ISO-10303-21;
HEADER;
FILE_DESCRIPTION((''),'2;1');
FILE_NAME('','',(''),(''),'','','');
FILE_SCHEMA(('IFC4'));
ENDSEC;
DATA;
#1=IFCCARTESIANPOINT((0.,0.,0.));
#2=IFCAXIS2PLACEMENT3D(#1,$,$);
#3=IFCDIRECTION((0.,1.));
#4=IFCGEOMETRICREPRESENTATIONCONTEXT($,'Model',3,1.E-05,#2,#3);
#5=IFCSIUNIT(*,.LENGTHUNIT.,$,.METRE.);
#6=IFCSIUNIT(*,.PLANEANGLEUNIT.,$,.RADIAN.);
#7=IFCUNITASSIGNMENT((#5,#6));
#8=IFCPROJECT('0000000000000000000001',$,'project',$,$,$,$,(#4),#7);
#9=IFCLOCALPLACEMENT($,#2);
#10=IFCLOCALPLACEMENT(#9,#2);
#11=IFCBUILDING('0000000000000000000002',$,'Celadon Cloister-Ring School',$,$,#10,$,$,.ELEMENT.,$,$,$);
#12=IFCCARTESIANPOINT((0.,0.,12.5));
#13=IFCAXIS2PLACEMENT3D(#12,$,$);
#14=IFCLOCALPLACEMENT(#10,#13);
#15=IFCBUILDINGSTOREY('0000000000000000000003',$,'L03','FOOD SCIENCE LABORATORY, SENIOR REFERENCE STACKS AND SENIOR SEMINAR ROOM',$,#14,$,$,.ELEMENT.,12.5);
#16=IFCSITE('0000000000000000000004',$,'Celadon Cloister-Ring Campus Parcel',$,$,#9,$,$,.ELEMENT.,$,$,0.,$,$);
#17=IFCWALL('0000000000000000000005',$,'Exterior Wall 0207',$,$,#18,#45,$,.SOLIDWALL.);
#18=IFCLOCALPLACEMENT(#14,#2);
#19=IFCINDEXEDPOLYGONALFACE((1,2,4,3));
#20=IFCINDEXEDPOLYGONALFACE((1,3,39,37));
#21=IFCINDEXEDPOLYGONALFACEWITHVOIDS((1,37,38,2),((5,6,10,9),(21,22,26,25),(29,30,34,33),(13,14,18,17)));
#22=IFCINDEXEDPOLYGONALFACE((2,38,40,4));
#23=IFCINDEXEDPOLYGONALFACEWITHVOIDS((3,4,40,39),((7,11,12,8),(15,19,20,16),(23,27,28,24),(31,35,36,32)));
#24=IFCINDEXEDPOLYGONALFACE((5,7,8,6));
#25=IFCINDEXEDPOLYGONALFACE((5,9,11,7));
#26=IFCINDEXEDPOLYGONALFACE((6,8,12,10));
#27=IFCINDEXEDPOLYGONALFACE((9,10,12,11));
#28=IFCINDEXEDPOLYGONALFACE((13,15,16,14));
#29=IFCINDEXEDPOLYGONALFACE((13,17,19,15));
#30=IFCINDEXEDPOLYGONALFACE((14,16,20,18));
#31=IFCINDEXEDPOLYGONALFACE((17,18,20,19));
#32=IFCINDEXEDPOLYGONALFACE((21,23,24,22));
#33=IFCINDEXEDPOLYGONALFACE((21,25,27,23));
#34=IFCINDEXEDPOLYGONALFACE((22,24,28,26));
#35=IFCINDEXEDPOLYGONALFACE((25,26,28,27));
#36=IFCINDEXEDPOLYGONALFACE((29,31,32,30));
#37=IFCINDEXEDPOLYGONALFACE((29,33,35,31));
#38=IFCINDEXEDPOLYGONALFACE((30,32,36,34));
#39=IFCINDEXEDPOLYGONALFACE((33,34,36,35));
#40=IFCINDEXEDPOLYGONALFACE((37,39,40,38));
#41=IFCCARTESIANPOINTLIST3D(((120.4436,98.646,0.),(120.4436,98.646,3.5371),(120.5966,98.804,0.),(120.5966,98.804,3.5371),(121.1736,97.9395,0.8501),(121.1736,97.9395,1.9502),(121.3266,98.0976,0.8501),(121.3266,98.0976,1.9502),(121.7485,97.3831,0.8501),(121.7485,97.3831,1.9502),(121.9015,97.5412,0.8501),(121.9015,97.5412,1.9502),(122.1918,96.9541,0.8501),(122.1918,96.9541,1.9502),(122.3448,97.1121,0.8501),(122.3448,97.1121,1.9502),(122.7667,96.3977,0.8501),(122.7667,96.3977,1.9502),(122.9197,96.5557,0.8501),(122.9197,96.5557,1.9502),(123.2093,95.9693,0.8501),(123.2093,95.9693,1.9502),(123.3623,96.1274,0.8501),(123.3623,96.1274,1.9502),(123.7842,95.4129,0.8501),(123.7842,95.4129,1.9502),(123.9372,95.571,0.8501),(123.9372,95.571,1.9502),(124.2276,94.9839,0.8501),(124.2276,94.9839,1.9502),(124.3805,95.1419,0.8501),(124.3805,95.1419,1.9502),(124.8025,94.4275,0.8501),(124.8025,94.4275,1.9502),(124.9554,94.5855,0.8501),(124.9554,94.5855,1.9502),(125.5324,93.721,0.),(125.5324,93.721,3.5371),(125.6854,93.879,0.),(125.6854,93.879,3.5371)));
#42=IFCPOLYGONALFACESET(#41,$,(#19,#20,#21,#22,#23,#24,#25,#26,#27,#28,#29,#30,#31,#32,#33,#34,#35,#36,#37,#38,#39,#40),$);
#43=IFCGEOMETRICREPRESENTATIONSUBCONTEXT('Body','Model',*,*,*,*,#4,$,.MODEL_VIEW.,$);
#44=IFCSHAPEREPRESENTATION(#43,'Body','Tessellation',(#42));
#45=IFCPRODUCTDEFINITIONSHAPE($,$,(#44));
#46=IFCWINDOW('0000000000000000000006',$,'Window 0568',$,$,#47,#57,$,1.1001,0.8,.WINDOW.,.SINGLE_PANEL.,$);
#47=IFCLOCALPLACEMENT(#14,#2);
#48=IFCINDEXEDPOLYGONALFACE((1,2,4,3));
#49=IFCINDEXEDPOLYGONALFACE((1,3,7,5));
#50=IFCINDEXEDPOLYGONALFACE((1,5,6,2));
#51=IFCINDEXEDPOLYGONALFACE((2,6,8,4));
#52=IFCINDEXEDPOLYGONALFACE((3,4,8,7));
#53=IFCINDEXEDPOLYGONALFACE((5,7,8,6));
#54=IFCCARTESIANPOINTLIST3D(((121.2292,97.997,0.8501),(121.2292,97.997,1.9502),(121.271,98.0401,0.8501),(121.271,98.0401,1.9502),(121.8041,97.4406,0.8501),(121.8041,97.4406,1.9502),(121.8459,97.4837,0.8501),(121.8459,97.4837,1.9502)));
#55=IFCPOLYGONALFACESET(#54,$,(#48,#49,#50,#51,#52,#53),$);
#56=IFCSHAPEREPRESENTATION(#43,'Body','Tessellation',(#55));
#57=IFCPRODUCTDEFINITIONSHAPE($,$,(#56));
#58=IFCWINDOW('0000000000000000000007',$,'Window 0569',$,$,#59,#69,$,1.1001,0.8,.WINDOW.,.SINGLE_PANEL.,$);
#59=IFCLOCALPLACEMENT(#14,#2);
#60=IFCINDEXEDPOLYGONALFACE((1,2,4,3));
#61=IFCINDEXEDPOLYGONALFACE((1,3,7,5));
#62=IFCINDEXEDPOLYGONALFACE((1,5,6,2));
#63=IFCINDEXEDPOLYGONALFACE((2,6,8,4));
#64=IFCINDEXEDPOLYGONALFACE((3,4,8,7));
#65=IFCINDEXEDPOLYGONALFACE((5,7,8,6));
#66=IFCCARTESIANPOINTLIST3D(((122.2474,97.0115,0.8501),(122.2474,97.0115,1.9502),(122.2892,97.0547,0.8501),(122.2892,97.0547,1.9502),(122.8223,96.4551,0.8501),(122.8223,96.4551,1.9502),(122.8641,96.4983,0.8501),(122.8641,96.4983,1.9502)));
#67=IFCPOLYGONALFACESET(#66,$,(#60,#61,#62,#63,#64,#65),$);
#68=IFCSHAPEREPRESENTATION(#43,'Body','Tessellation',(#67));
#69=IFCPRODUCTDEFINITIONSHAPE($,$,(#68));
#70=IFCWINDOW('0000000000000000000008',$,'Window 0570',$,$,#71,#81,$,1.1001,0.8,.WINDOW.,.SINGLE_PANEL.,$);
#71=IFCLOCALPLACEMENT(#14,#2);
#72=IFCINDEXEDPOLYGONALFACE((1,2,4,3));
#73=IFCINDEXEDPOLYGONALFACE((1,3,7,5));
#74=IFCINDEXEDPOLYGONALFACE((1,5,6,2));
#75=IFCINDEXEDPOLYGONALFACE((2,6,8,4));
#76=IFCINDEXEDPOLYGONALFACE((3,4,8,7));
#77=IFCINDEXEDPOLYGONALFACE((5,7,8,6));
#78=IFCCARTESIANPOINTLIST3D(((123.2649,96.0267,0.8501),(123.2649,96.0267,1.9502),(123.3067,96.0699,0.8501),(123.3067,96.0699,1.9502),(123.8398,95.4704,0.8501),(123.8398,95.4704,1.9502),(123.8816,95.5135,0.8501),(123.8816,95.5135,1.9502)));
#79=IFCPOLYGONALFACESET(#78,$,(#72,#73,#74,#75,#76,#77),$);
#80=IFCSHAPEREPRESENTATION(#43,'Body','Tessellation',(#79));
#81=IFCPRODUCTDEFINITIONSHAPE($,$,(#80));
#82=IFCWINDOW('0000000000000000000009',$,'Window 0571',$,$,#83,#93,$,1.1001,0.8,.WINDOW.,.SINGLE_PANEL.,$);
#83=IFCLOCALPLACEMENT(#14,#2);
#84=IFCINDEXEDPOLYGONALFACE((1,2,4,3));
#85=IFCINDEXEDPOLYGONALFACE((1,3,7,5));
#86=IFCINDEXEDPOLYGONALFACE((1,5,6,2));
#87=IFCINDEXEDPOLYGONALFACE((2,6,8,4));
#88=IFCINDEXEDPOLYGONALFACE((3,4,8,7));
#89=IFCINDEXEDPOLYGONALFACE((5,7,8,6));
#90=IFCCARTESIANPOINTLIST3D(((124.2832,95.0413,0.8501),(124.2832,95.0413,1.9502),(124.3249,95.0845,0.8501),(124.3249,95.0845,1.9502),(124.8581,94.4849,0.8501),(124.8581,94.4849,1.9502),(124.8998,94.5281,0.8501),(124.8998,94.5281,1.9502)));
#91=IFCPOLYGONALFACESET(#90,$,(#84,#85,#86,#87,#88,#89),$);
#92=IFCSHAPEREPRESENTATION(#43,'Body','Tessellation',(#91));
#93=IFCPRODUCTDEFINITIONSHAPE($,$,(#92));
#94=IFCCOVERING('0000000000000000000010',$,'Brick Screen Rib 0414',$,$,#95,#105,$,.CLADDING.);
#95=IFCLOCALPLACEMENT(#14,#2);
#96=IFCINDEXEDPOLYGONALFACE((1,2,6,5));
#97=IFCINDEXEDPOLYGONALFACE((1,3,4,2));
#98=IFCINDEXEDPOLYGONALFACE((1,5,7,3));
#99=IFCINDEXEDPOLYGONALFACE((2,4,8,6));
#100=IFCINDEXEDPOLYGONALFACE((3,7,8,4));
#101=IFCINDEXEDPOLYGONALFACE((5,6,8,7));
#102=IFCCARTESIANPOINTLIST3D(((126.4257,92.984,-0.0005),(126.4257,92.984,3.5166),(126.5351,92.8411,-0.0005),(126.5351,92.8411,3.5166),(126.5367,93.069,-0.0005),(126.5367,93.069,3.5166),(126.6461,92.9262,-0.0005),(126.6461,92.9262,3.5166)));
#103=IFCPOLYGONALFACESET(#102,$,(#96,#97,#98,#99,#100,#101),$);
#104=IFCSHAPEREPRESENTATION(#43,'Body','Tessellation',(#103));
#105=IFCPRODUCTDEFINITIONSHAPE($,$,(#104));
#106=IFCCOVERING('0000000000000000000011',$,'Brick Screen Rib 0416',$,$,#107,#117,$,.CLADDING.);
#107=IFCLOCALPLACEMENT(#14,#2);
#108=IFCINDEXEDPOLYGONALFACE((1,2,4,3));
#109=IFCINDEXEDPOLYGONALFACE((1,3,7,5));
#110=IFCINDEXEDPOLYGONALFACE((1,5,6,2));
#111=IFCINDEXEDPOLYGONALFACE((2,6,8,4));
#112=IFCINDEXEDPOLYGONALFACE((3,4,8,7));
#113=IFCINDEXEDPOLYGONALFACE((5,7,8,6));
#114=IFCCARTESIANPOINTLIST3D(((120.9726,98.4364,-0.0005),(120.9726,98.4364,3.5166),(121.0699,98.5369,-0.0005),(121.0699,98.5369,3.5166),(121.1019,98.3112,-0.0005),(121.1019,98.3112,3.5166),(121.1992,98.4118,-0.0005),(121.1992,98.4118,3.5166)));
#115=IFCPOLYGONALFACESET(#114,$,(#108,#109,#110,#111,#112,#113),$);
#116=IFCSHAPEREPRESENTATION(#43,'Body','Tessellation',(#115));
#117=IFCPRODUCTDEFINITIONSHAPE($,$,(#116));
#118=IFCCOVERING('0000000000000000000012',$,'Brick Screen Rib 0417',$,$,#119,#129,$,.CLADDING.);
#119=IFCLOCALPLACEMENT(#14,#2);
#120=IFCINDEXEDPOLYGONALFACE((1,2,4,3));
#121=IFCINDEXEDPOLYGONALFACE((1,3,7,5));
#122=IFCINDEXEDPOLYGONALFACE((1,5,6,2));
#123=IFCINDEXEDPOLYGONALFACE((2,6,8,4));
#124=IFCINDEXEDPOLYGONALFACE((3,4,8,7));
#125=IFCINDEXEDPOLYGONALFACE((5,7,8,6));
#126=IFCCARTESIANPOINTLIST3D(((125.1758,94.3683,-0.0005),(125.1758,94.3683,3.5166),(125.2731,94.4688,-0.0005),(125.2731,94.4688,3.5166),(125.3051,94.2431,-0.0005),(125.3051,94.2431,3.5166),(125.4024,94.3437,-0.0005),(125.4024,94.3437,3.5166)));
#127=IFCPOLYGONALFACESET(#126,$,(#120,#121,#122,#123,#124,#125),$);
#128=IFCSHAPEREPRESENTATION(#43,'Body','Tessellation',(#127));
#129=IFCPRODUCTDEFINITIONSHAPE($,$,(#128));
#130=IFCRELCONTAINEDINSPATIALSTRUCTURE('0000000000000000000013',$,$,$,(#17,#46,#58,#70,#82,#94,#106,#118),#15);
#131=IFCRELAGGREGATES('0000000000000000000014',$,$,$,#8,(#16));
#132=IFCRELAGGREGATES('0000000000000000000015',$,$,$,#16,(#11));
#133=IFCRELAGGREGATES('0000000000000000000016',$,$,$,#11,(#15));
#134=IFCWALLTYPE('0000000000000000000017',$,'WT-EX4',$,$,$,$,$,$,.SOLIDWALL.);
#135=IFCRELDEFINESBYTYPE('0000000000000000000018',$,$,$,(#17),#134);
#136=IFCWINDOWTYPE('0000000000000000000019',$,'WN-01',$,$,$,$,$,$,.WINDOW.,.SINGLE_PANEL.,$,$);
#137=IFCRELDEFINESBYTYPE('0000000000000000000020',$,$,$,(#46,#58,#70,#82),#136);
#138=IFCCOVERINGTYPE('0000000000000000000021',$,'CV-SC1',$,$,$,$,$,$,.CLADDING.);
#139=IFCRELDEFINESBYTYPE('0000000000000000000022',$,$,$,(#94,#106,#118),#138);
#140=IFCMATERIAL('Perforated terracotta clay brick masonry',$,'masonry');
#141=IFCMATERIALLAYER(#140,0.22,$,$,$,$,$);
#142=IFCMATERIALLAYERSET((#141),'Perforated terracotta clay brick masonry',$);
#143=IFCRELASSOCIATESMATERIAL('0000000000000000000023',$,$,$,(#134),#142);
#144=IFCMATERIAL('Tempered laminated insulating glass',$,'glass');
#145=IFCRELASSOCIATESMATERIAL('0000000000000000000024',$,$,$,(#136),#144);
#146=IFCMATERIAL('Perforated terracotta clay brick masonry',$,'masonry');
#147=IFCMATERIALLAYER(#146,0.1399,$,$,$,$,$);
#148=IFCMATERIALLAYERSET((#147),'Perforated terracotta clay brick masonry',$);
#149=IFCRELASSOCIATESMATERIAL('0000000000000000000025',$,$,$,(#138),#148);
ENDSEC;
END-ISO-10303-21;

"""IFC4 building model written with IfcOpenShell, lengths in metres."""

from ifc_helpers import new_model, si_unit, direction, frame, frame_2d, origin, origin_2d, place, context, subcontext, project, spatial, rectangle, extrude, material, layer, layer_set, type_object, element, fill, save


model = new_model("IFC4")

# Units and contexts
model_context = context("Model", 3, precision=1e-05, world=origin(), true_north=direction((0.0, 1.0)))
body_context = subcontext(model_context, "Body", "Model", "MODEL_VIEW")
ifc_project = project(units=[si_unit("LENGTHUNIT", "METRE"), si_unit("PLANEANGLEUNIT", "RADIAN")], contexts=[model_context])

# Site, building, storey
site_placement = place(None, origin())
site = spatial("IfcSite", under=ifc_project, at=site_placement, Name="Celadon Cloister-Ring Campus Parcel", CompositionType="ELEMENT", RefElevation=0.0)
building_placement = place(site_placement, origin())
building = spatial("IfcBuilding", under=site, at=building_placement, Name="Celadon Cloister-Ring School", CompositionType="ELEMENT")
storey_placement = place(building_placement, frame((0.0, 0.0, 12.5)))
storey = spatial("IfcBuildingStorey", under=building, at=storey_placement, Name="L03", Description="FOOD SCIENCE LABORATORY, SENIOR REFERENCE STACKS AND SENIOR SEMINAR ROOM", CompositionType="ELEMENT", Elevation=12.5)

# Wall, openings, windows
ifc_material_1 = material(Name="Perforated terracotta clay brick masonry", Category="masonry")
ifc_layer_1 = layer(ifc_material_1, 0.22)
ifc_layer_set_1 = layer_set([ifc_layer_1], Name="Perforated terracotta clay brick masonry")
wall_type = type_object("IfcWallType", Name="WT-EX4", PredefinedType="SOLIDWALL", material=ifc_layer_set_1)
ifc_material_2 = material(Name="Tempered laminated insulating glass", Category="glass")
window_type = type_object("IfcWindowType", Name="WN-01", PartitioningType="SINGLE_PANEL", PredefinedType="WINDOW", material=ifc_material_2)
wall_1_placement = place(storey_placement, frame((120.52, 98.7251, 0.0), z_axis=(0.0, 0.0, 1.0), x_axis=(0.718578, -0.695446, 0.0)))
wall_1 = element("IfcWall", 1, at=wall_1_placement, inside=storey, type_object=wall_type, Name="Exterior Wall 0207", PredefinedType="SOLIDWALL", context=body_context, shape_type="SweptSolid", body=[
    extrude(rectangle(XDim=7.0818, YDim=0.22, at=frame_2d((3.541, 0.0))), origin(), (0.0, 0.0, 1.0), 3.5371),
])
opening_1_placement = place(wall_1_placement, frame((1.0161, 0.0, 0.8501)))
opening_1 = element("IfcOpeningElement", 2, at=opening_1_placement, cuts=wall_1, PredefinedType="OPENING", context=body_context, shape_type="SweptSolid", body=[
    extrude(rectangle(XDim=0.8, YDim=1.1001, at=frame_2d((0.3999, 0.55))), frame((0.0, 0.1201, 0.0), z_axis=(0.0, -1.0, 0.0), x_axis=(1.0, 0.0, 0.0)), (0.0, 0.0, 1.0), 0.24),
])
opening_2_placement = place(wall_1_placement, frame((2.4331, 0.0, 0.8501)))
opening_2 = element("IfcOpeningElement", 3, at=opening_2_placement, cuts=wall_1, PredefinedType="OPENING", context=body_context, shape_type="SweptSolid", body=[
    extrude(rectangle(XDim=0.8, YDim=1.1001, at=frame_2d((0.3999, 0.55))), frame((0.0, 0.1201, 0.0), z_axis=(0.0, -1.0, 0.0), x_axis=(1.0, 0.0, 0.0)), (0.0, 0.0, 1.0), 0.24),
])
opening_3_placement = place(wall_1_placement, frame((3.8491, 0.0, 0.8501)))
opening_3 = element("IfcOpeningElement", 4, at=opening_3_placement, cuts=wall_1, PredefinedType="OPENING", context=body_context, shape_type="SweptSolid", body=[
    extrude(rectangle(XDim=0.8, YDim=1.1001, at=frame_2d((0.3999, 0.55))), frame((0.0, 0.1201, 0.0), z_axis=(0.0, -1.0, 0.0), x_axis=(1.0, 0.0, 0.0)), (0.0, 0.0, 1.0), 0.24),
])
opening_4_placement = place(wall_1_placement, frame((5.2661, 0.0, 0.8501)))
opening_4 = element("IfcOpeningElement", 5, at=opening_4_placement, cuts=wall_1, PredefinedType="OPENING", context=body_context, shape_type="SweptSolid", body=[
    extrude(rectangle(XDim=0.8, YDim=1.1001, at=frame_2d((0.3999, 0.55))), frame((0.0, 0.1201, 0.0), z_axis=(0.0, -1.0, 0.0), x_axis=(1.0, 0.0, 0.0)), (0.0, 0.0, 1.0), 0.24),
])
window_1_placement = place(opening_1_placement, origin())
window_1 = element("IfcWindow", 6, at=window_1_placement, inside=storey, type_object=window_type, Name="Window 0568", OverallHeight=1.1001, OverallWidth=0.8, PartitioningType="SINGLE_PANEL", PredefinedType="WINDOW", context=body_context, shape_type="SweptSolid", body=[
    extrude(rectangle(XDim=0.8, YDim=1.1001, at=frame_2d((0.3999, 0.55))), frame((0.0, 0.03, 0.0), z_axis=(0.0, -1.0, 0.0), x_axis=(1.0, 0.0, 0.0)), (0.0, 0.0, 1.0), 0.0601),
])
fill(opening_1, window_1)
window_2_placement = place(opening_2_placement, origin())
window_2 = element("IfcWindow", 7, at=window_2_placement, inside=storey, type_object=window_type, Name="Window 0569", OverallHeight=1.1001, OverallWidth=0.8, PartitioningType="SINGLE_PANEL", PredefinedType="WINDOW", context=body_context, shape_type="SweptSolid", body=[
    extrude(rectangle(XDim=0.8, YDim=1.1001, at=frame_2d((0.3999, 0.55))), frame((0.0, 0.03, 0.0), z_axis=(0.0, -1.0, 0.0), x_axis=(1.0, 0.0, 0.0)), (0.0, 0.0, 1.0), 0.0601),
])
fill(opening_2, window_2)
window_3_placement = place(opening_3_placement, origin())
window_3 = element("IfcWindow", 8, at=window_3_placement, inside=storey, type_object=window_type, Name="Window 0570", OverallHeight=1.1001, OverallWidth=0.8, PartitioningType="SINGLE_PANEL", PredefinedType="WINDOW", context=body_context, shape_type="SweptSolid", body=[
    extrude(rectangle(XDim=0.8, YDim=1.1001, at=frame_2d((0.3999, 0.55))), frame((0.0, 0.03, 0.0), z_axis=(0.0, -1.0, 0.0), x_axis=(1.0, 0.0, 0.0)), (0.0, 0.0, 1.0), 0.0601),
])
fill(opening_3, window_3)
window_4_placement = place(opening_4_placement, origin())
window_4 = element("IfcWindow", 9, at=window_4_placement, inside=storey, type_object=window_type, Name="Window 0571", OverallHeight=1.1001, OverallWidth=0.8, PartitioningType="SINGLE_PANEL", PredefinedType="WINDOW", context=body_context, shape_type="SweptSolid", body=[
    extrude(rectangle(XDim=0.8, YDim=1.1001, at=frame_2d((0.3999, 0.55))), frame((0.0, 0.03, 0.0), z_axis=(0.0, -1.0, 0.0), x_axis=(1.0, 0.0, 0.0)), (0.0, 0.0, 1.0), 0.0601),
])
fill(opening_4, window_4)

# Coverings
ifc_material_3 = material(Name="Perforated terracotta clay brick masonry", Category="masonry")
ifc_layer_2 = layer(ifc_material_3, 0.1399)
ifc_layer_set_2 = layer_set([ifc_layer_2], Name="Perforated terracotta clay brick masonry")
covering_type = type_object("IfcCoveringType", Name="CV-SC1", PredefinedType="CLADDING", material=ifc_layer_set_2)
for number, where, z_axis, x_axis, name in (
    (10, (126.5359, 92.9551, -0.0005), (0.0, 0.0, 1.0), (0.607986, -0.793948, 0.0), "Brick Screen Rib 0414"),
    (11, (121.0859, 98.4241, -0.0005), (0.0, 0.0, 1.0), (0.718588, -0.695436, 0.0), "Brick Screen Rib 0416"),
    (12, (125.2891, 94.356, -0.0005), (0.0, 0.0, 1.0), (0.718588, -0.695436, 0.0), "Brick Screen Rib 0417"),
):
    element("IfcCovering", number, at=place(storey_placement, frame(where, z_axis=z_axis, x_axis=x_axis)), inside=storey, type_object=covering_type, Name=name, PredefinedType="CLADDING", context=body_context, shape_type="SweptSolid", body=[
        extrude(rectangle(XDim=0.1799, YDim=0.1399, at=origin_2d()), origin(), (0.0, 0.0, 1.0), 3.5171),
    ])

save(model, "model.ifc")
